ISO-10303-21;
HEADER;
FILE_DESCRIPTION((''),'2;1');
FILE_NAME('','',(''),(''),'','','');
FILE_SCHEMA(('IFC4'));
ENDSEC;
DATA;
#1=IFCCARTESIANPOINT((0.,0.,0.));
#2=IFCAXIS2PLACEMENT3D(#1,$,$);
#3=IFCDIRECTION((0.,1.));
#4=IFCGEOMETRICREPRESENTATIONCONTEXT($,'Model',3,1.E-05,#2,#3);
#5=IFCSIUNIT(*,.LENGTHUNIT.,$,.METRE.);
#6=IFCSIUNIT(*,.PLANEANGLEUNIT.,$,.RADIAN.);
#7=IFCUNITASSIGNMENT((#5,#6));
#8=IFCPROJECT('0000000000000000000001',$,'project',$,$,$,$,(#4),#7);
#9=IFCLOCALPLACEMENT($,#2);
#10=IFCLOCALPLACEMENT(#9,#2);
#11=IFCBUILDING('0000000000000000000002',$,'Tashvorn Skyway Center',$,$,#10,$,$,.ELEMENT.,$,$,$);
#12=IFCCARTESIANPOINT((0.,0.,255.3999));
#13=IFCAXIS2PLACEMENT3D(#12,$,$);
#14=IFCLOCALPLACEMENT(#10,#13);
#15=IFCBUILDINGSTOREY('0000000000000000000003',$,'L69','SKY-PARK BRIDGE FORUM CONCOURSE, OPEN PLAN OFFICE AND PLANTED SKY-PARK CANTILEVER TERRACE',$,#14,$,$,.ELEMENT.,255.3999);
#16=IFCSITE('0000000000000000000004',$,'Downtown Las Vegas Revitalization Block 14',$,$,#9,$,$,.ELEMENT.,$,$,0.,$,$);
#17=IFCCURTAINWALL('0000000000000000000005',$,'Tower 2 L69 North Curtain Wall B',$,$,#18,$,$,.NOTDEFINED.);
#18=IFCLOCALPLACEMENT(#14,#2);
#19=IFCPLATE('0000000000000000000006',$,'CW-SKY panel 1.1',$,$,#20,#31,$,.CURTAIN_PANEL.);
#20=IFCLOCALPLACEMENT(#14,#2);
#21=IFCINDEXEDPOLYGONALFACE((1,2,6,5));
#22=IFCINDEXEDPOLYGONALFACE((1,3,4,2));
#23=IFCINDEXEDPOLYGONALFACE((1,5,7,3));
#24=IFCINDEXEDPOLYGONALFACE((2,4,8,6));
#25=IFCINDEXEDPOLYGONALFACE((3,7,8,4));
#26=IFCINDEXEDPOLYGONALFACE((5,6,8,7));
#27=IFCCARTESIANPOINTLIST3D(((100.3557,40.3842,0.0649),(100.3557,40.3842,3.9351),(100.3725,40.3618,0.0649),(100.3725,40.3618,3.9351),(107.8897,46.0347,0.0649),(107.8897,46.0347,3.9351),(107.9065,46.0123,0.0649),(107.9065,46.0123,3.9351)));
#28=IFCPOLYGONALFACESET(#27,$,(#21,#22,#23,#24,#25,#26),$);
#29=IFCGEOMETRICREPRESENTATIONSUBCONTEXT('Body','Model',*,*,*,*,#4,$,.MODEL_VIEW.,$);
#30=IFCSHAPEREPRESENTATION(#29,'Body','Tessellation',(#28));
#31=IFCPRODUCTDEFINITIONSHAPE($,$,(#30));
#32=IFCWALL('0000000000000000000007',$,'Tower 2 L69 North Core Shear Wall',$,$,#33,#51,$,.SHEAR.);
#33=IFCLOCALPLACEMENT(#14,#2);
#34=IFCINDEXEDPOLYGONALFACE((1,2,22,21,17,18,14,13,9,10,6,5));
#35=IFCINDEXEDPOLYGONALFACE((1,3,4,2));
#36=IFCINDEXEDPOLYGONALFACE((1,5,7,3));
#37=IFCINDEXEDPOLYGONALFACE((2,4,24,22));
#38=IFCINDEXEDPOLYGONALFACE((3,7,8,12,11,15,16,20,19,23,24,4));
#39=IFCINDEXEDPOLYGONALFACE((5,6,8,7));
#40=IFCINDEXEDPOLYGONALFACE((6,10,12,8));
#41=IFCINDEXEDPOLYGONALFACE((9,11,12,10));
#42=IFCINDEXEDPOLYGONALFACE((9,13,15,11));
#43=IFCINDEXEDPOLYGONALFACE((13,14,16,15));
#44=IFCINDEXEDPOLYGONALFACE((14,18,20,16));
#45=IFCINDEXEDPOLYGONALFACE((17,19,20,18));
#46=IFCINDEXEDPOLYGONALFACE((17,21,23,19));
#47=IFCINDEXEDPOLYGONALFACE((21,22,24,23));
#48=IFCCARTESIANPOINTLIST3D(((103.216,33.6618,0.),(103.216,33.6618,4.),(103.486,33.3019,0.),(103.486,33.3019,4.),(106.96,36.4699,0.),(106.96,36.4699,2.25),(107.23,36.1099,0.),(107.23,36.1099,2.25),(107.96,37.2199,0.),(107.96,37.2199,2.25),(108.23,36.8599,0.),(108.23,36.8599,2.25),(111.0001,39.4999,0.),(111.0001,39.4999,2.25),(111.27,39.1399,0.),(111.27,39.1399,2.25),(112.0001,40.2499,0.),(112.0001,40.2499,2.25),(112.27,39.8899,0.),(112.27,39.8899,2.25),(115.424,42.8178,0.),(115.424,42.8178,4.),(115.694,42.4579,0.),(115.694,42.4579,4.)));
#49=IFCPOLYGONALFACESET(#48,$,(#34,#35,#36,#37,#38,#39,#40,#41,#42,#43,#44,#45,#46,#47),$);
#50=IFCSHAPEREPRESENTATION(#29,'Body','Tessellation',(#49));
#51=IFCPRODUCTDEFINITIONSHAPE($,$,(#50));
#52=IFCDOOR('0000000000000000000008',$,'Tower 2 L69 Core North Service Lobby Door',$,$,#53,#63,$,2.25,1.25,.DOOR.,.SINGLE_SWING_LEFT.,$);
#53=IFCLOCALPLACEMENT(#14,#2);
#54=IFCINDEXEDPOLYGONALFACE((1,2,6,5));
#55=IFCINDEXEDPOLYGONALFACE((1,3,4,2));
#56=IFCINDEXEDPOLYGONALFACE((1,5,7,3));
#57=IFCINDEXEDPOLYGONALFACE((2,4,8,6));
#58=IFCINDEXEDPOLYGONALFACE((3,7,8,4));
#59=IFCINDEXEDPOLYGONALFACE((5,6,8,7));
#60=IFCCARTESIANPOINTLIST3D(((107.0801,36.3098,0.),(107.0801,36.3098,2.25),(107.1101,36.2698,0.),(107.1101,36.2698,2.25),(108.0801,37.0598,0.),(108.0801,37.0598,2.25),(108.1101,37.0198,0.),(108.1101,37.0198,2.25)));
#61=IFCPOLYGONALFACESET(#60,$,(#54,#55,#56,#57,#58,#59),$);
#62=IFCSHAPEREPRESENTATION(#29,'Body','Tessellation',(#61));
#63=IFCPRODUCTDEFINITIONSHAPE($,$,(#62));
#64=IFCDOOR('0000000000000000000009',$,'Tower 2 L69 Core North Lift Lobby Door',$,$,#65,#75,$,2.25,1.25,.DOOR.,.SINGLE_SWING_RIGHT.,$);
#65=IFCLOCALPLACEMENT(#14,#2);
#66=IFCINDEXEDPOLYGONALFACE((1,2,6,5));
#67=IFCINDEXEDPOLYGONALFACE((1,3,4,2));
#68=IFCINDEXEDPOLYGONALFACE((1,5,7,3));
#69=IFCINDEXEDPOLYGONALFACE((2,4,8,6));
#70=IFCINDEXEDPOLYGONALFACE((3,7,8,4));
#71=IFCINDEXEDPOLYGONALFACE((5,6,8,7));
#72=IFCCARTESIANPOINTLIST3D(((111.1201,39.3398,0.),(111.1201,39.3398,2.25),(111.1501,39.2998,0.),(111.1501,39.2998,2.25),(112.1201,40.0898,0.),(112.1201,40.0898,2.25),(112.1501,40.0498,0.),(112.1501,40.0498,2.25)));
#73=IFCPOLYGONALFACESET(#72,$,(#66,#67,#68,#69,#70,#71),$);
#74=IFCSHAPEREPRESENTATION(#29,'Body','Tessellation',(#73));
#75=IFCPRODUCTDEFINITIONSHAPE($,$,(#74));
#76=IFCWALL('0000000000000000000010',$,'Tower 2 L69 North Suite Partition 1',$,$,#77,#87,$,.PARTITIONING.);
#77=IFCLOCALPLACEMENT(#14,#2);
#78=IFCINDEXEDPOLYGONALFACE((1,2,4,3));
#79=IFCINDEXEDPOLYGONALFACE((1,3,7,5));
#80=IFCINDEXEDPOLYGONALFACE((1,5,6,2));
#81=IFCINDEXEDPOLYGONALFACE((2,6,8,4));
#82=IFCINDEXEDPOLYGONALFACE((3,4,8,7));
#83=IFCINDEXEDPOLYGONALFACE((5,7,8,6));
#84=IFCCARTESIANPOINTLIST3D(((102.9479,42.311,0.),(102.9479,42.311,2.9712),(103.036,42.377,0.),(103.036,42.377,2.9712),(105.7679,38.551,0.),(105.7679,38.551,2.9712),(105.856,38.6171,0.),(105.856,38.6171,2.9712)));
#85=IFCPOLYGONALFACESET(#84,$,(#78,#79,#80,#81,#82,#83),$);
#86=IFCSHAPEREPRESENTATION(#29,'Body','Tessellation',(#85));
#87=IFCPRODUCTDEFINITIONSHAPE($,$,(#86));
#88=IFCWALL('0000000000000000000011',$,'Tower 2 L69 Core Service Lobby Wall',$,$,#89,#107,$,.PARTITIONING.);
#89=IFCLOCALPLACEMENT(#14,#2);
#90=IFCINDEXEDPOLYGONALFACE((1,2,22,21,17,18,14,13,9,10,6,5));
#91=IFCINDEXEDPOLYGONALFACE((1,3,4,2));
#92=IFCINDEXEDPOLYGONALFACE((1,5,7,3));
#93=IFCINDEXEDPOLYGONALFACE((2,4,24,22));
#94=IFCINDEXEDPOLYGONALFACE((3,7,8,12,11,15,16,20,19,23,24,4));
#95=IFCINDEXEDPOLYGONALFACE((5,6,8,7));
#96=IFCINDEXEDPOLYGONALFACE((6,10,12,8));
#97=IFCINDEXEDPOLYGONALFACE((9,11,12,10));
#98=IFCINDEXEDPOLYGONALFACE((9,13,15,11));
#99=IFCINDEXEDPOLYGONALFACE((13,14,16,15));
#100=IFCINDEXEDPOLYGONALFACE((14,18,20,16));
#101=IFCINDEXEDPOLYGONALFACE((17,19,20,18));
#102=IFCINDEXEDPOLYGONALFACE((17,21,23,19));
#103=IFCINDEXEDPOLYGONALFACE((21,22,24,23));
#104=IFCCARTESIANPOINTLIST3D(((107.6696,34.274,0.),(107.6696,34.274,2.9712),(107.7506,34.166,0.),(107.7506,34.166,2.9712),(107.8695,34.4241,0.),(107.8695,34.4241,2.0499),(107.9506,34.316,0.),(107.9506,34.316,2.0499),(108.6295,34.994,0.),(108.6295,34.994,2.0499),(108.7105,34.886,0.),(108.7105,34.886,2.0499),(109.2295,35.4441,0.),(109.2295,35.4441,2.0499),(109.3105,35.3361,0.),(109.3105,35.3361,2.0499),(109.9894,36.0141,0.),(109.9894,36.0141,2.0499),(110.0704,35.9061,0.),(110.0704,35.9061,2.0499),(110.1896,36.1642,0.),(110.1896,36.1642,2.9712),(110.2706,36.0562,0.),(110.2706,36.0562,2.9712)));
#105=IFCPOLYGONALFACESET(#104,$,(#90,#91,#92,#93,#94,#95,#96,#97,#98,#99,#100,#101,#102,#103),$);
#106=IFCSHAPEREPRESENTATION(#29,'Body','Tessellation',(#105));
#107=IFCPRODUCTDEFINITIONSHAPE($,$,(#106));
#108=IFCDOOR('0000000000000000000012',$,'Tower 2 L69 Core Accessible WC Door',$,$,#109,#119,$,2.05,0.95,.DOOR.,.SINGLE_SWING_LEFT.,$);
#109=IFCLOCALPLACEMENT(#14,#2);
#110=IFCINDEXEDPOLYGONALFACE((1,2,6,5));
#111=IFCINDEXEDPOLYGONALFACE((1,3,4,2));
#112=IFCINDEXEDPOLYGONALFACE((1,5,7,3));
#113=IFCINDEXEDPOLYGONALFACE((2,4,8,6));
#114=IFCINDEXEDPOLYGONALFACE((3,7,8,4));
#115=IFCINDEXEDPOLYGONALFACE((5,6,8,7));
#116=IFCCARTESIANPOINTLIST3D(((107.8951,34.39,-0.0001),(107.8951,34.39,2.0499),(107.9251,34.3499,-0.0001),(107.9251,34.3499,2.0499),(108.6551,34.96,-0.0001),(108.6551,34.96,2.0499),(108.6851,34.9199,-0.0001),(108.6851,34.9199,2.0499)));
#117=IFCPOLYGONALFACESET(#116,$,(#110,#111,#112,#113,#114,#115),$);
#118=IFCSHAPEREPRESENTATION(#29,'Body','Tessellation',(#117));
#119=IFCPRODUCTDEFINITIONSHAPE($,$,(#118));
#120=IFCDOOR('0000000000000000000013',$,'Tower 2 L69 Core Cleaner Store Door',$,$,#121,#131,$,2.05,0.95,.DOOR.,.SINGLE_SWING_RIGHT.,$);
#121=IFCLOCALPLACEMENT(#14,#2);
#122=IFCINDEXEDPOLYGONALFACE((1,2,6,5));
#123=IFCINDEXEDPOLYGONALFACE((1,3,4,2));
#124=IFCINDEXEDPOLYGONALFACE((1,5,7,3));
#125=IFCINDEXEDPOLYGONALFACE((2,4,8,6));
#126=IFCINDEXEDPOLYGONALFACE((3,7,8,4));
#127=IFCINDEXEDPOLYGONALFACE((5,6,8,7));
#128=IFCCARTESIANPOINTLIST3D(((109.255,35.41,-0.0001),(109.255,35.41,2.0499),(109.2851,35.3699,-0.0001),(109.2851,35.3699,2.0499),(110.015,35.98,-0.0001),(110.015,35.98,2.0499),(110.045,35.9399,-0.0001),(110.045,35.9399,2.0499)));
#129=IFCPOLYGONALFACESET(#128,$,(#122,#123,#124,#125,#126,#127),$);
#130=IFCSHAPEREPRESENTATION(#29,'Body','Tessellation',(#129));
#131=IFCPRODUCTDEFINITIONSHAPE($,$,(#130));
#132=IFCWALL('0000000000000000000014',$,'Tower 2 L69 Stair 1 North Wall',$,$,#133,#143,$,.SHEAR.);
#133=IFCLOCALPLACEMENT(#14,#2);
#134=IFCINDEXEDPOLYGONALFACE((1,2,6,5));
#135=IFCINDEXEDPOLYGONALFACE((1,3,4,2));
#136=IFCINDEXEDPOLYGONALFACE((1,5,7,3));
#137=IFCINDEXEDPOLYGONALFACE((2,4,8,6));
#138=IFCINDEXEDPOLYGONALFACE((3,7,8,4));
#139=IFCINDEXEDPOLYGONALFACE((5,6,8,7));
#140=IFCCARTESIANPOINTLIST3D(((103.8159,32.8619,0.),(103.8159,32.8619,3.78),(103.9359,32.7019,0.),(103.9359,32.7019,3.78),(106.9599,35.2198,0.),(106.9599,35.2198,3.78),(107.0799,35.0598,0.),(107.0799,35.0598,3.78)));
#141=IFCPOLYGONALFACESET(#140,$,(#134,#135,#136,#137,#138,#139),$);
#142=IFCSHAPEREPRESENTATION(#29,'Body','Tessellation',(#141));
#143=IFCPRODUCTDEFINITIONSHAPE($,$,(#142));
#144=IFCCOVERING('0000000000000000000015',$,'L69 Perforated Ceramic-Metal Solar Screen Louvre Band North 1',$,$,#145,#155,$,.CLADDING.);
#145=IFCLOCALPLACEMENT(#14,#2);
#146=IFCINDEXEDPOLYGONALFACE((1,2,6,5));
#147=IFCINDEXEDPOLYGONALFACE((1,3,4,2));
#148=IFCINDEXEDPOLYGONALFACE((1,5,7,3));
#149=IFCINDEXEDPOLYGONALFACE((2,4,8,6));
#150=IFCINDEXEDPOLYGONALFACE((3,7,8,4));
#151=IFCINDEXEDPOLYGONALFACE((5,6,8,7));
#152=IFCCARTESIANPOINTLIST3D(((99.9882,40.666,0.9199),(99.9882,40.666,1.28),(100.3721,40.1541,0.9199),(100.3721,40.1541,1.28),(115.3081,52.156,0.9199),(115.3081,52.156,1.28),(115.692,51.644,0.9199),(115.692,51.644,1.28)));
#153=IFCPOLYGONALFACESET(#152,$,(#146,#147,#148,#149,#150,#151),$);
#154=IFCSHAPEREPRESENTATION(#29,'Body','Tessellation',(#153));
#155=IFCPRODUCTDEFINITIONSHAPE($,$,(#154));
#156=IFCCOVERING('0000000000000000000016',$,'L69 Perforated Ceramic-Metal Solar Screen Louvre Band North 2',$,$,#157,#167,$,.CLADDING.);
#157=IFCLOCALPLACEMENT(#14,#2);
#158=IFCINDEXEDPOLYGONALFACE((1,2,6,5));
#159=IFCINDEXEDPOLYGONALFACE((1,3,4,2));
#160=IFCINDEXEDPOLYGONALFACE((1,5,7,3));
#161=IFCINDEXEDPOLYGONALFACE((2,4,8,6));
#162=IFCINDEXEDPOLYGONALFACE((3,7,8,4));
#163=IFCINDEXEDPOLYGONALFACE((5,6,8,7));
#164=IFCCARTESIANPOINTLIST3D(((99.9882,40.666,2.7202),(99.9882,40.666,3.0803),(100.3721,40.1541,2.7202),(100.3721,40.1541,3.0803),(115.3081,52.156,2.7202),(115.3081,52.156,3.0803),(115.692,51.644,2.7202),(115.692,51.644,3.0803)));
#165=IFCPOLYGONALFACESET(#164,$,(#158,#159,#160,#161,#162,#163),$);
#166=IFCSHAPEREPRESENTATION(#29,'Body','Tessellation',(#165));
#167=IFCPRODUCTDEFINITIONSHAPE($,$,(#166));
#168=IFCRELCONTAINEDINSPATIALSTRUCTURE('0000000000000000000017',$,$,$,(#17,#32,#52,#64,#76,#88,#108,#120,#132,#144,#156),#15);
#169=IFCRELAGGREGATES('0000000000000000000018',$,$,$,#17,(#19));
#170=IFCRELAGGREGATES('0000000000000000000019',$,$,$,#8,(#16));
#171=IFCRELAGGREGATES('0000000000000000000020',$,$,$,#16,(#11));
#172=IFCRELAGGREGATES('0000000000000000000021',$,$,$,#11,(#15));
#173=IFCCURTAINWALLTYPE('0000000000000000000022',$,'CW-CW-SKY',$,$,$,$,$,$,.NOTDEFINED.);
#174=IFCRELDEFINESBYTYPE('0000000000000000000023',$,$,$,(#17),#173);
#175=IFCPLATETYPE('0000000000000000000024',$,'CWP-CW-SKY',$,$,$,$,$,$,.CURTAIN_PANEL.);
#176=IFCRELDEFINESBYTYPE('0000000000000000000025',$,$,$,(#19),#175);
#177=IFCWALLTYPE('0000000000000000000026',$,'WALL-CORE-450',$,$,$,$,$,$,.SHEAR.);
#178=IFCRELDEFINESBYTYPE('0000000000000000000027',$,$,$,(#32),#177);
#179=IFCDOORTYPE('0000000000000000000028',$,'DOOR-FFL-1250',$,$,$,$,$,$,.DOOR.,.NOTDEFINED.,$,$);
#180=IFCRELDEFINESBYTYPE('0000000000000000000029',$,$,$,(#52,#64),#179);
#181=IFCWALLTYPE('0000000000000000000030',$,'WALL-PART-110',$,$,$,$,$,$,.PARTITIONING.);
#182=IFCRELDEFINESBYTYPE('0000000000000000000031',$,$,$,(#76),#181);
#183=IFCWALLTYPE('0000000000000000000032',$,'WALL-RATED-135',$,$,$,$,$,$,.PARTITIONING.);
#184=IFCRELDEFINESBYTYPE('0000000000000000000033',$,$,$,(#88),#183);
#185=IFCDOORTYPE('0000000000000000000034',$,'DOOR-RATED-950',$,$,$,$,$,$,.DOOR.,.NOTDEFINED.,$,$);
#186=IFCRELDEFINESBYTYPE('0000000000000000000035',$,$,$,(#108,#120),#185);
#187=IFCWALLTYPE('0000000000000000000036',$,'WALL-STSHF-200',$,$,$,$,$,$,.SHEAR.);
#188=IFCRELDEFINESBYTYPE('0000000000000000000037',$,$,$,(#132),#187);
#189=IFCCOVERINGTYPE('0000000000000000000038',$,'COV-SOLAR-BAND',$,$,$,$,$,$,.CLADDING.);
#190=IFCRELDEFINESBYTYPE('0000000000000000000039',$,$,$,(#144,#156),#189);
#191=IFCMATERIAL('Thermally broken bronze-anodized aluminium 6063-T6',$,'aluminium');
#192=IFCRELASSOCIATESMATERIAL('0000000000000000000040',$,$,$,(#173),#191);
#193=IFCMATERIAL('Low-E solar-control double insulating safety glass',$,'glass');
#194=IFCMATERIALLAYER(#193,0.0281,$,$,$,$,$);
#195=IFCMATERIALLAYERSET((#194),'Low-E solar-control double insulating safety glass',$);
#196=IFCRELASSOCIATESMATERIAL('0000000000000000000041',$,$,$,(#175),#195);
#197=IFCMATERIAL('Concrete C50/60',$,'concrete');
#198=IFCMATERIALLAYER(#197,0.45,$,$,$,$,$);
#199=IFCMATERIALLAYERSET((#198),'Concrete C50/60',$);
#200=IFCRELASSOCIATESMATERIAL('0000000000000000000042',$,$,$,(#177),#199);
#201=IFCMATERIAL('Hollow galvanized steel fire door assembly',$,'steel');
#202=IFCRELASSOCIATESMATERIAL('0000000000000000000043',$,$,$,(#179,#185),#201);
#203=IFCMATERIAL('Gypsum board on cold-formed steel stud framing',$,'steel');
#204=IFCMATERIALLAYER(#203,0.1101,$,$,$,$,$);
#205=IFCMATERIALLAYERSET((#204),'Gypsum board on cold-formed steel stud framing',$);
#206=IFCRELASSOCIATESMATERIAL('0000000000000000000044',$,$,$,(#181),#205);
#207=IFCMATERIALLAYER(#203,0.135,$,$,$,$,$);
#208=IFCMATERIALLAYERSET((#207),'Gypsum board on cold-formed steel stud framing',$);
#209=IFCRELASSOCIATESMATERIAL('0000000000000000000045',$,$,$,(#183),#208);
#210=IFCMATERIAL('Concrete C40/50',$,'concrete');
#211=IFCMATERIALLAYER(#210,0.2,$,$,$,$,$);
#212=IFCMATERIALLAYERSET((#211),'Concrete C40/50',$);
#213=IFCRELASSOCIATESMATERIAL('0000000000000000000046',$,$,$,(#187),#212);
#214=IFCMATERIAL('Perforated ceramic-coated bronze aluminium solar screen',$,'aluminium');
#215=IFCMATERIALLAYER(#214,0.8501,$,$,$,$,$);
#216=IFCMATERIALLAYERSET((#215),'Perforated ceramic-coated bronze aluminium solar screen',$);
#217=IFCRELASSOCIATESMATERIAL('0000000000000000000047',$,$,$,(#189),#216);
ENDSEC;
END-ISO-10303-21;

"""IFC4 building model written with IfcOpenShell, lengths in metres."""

from ifc_helpers import new_model, si_unit, direction, frame, frame_2d, origin, origin_2d, place, context, subcontext, project, spatial, rectangle, extrude, material, layer, layer_set, type_object, element, fill, aggregate, save


model = new_model("IFC4")

# Units and contexts
model_context = context("Model", 3, precision=1e-05, world=origin(), true_north=direction((0.0, 1.0)))
body_context = subcontext(model_context, "Body", "Model", "MODEL_VIEW")
ifc_project = project(units=[si_unit("LENGTHUNIT", "METRE"), si_unit("PLANEANGLEUNIT", "RADIAN")], contexts=[model_context])

# Site, building, storey
site_placement = place(None, origin())
site = spatial("IfcSite", under=ifc_project, at=site_placement, Name="Downtown Las Vegas Revitalization Block 14", CompositionType="ELEMENT", RefElevation=0.0)
building_placement = place(site_placement, origin())
building = spatial("IfcBuilding", under=site, at=building_placement, Name="Tashvorn Skyway Center", CompositionType="ELEMENT")
storey_placement = place(building_placement, frame((0.0, 0.0, 255.3999)))
storey = spatial("IfcBuildingStorey", under=building, at=storey_placement, Name="L69", Description="SKY-PARK BRIDGE FORUM CONCOURSE, OPEN PLAN OFFICE AND PLANTED SKY-PARK CANTILEVER TERRACE", CompositionType="ELEMENT", Elevation=255.3999)

# Curtain wall
ifc_material_1 = material(Name="Thermally broken bronze-anodized aluminium 6063-T6", Category="aluminium")
curtain_wall_type = type_object("IfcCurtainWallType", Name="CW-CW-SKY", PredefinedType="NOTDEFINED", material=ifc_material_1)
curtain_wall_1_placement = place(storey_placement, origin())
curtain_wall_1 = element("IfcCurtainWall", 1, at=curtain_wall_1_placement, inside=storey, type_object=curtain_wall_type, Name="Tower 2 L69 North Curtain Wall B", PredefinedType="NOTDEFINED")

# Plate
ifc_material_2 = material(Name="Low-E solar-control double insulating safety glass", Category="glass")
ifc_layer_1 = layer(ifc_material_2, 0.0281)
ifc_layer_set_1 = layer_set([ifc_layer_1], Name="Low-E solar-control double insulating safety glass")
plate_type = type_object("IfcPlateType", Name="CWP-CW-SKY", PredefinedType="CURTAIN_PANEL", material=ifc_layer_set_1)
plate_placement = place(storey_placement, frame((104.1311, 43.1982, 0.0649), z_axis=(0.0, 0.0, 1.0), x_axis=(0.8, 0.6, 0.0)))
plate = element("IfcPlate", 2, at=plate_placement, type_object=plate_type, Name="CW-SKY panel 1.1", PredefinedType="CURTAIN_PANEL", context=body_context, shape_type="SweptSolid", body=[
    extrude(rectangle(XDim=9.4175, YDim=0.0281, at=origin_2d()), origin(), (0.0, 0.0, 1.0), 3.8701),
])
aggregate(curtain_wall_1, [plate])

# Wall, openings, doors
ifc_material_3 = material(Name="Concrete C50/60", Category="concrete")
ifc_layer_2 = layer(ifc_material_3, 0.45)
ifc_layer_set_2 = layer_set([ifc_layer_2], Name="Concrete C50/60")
wall_type_1 = type_object("IfcWallType", Name="WALL-CORE-450", PredefinedType="SHEAR", material=ifc_layer_set_2)
wall_1_placement = place(storey_placement, frame((103.3511, 33.4819, 0.0), z_axis=(0.0, 0.0, 1.0), x_axis=(0.8, 0.6, 0.0)))
wall_1 = element("IfcWall", 3, at=wall_1_placement, inside=storey, type_object=wall_type_1, Name="Tower 2 L69 North Core Shear Wall", PredefinedType="SHEAR", context=body_context, shape_type="SweptSolid", body=[
    extrude(rectangle(XDim=15.26, YDim=0.45, at=frame_2d((7.6299, 0.0))), origin(), (0.0, 0.0, 1.0), 4.0),
])
opening_1_placement = place(wall_1_placement, frame((4.6799, 0.0, 0.0)))
opening_1 = element("IfcOpeningElement", 4, at=opening_1_placement, cuts=wall_1, PredefinedType="OPENING", context=body_context, shape_type="SweptSolid", body=[
    extrude(rectangle(XDim=1.25, YDim=2.25, at=frame_2d((0.625, 1.125))), frame((0.0, 0.2349, 0.0), z_axis=(0.0, -1.0, 0.0), x_axis=(1.0, 0.0, 0.0)), (0.0, 0.0, 1.0), 0.47),
])
opening_2_placement = place(wall_1_placement, frame((9.73, 0.0, 0.0)))
opening_2 = element("IfcOpeningElement", 5, at=opening_2_placement, cuts=wall_1, PredefinedType="OPENING", context=body_context, shape_type="SweptSolid", body=[
    extrude(rectangle(XDim=1.25, YDim=2.25, at=frame_2d((0.625, 1.125))), frame((0.0, 0.2349, 0.0), z_axis=(0.0, -1.0, 0.0), x_axis=(1.0, 0.0, 0.0)), (0.0, 0.0, 1.0), 0.47),
])
ifc_material_4 = material(Name="Hollow galvanized steel fire door assembly", Category="steel")
door_type_1 = type_object("IfcDoorType", Name="DOOR-FFL-1250", OperationType="NOTDEFINED", PredefinedType="DOOR", material=ifc_material_4)
door_1_placement = place(opening_1_placement, origin())
door_1 = element("IfcDoor", 6, at=door_1_placement, inside=storey, type_object=door_type_1, Name="Tower 2 L69 Core North Service Lobby Door", OperationType="SINGLE_SWING_LEFT", OverallHeight=2.25, OverallWidth=1.25, PredefinedType="DOOR", context=body_context, shape_type="SweptSolid", body=[
    extrude(rectangle(XDim=1.25, YDim=2.25, at=frame_2d((0.625, 1.125))), frame((0.0, 0.0249, 0.0), z_axis=(0.0, -1.0, 0.0), x_axis=(1.0, 0.0, 0.0)), (0.0, 0.0, 1.0), 0.05),
])
fill(opening_1, door_1)
door_2_placement = place(opening_2_placement, origin())
door_2 = element("IfcDoor", 7, at=door_2_placement, inside=storey, type_object=door_type_1, Name="Tower 2 L69 Core North Lift Lobby Door", OperationType="SINGLE_SWING_RIGHT", OverallHeight=2.25, OverallWidth=1.25, PredefinedType="DOOR", context=body_context, shape_type="SweptSolid", body=[
    extrude(rectangle(XDim=1.25, YDim=2.25, at=frame_2d((0.625, 1.125))), frame((0.0, 0.0249, 0.0), z_axis=(0.0, -1.0, 0.0), x_axis=(1.0, 0.0, 0.0)), (0.0, 0.0, 1.0), 0.05),
])
fill(opening_2, door_2)

# Wall
ifc_material_5 = material(Name="Gypsum board on cold-formed steel stud framing", Category="steel")
ifc_layer_3 = layer(ifc_material_5, 0.1101)
ifc_layer_set_3 = layer_set([ifc_layer_3], Name="Gypsum board on cold-formed steel stud framing")
wall_type_2 = type_object("IfcWallType", Name="WALL-PART-110", PredefinedType="PARTITIONING", material=ifc_layer_set_3)
wall_2_placement = place(storey_placement, frame((105.812, 38.584, 0.0), z_axis=(0.0, 0.0, 1.0), x_axis=(-0.600008, 0.799994, 0.0)))
element("IfcWall", 8, at=wall_2_placement, inside=storey, type_object=wall_type_2, Name="Tower 2 L69 North Suite Partition 1", PredefinedType="PARTITIONING", context=body_context, shape_type="SweptSolid", body=[
    extrude(rectangle(XDim=4.7, YDim=0.1101, at=frame_2d((2.3501, 0.0))), origin(), (0.0, 0.0, 1.0), 2.9712),
])

# Wall, openings, doors
ifc_layer_4 = layer(ifc_material_5, 0.135)
ifc_layer_set_4 = layer_set([ifc_layer_4], Name="Gypsum board on cold-formed steel stud framing")
wall_type_3 = type_object("IfcWallType", Name="WALL-RATED-135", PredefinedType="PARTITIONING", material=ifc_layer_set_4)
wall_3_placement = place(storey_placement, frame((107.71, 34.22, 0.0), z_axis=(0.0, 0.0, 1.0), x_axis=(0.799981, 0.600025, 0.0)))
wall_3 = element("IfcWall", 9, at=wall_3_placement, inside=storey, type_object=wall_type_3, Name="Tower 2 L69 Core Service Lobby Wall", PredefinedType="PARTITIONING", context=body_context, shape_type="SweptSolid", body=[
    extrude(rectangle(XDim=3.1501, YDim=0.135, at=frame_2d((1.5752, 0.0))), origin(), (0.0, 0.0, 1.0), 2.9712),
])
opening_3_placement = place(wall_3_placement, frame((0.25, 0.0, 0.0)))
opening_3 = element("IfcOpeningElement", 10, at=opening_3_placement, cuts=wall_3, PredefinedType="OPENING", context=body_context, shape_type="SweptSolid", body=[
    extrude(rectangle(XDim=0.95, YDim=2.05, at=frame_2d((0.4751, 1.0249))), frame((0.0, 0.0774, 0.0), z_axis=(0.0, -1.0, 0.0), x_axis=(1.0, 0.0, 0.0)), (0.0, 0.0, 1.0), 0.155),
])
opening_4_placement = place(wall_3_placement, frame((1.95, 0.0, 0.0)))
opening_4 = element("IfcOpeningElement", 11, at=opening_4_placement, cuts=wall_3, PredefinedType="OPENING", context=body_context, shape_type="SweptSolid", body=[
    extrude(rectangle(XDim=0.95, YDim=2.05, at=frame_2d((0.4751, 1.0249))), frame((0.0, 0.0774, 0.0), z_axis=(0.0, -1.0, 0.0), x_axis=(1.0, 0.0, 0.0)), (0.0, 0.0, 1.0), 0.155),
])
door_type_2 = type_object("IfcDoorType", Name="DOOR-RATED-950", OperationType="NOTDEFINED", PredefinedType="DOOR", material=ifc_material_4)
door_3_placement = place(opening_3_placement, origin())
door_3 = element("IfcDoor", 12, at=door_3_placement, inside=storey, type_object=door_type_2, Name="Tower 2 L69 Core Accessible WC Door", OperationType="SINGLE_SWING_LEFT", OverallHeight=2.05, OverallWidth=0.95, PredefinedType="DOOR", context=body_context, shape_type="SweptSolid", body=[
    extrude(rectangle(XDim=0.95, YDim=2.05, at=frame_2d((0.4751, 1.0249))), frame((0.0, 0.0249, 0.0), z_axis=(0.0, -1.0, 0.0), x_axis=(1.0, 0.0, 0.0)), (0.0, 0.0, 1.0), 0.05),
])
fill(opening_3, door_3)
door_4_placement = place(opening_4_placement, origin())
door_4 = element("IfcDoor", 13, at=door_4_placement, inside=storey, type_object=door_type_2, Name="Tower 2 L69 Core Cleaner Store Door", OperationType="SINGLE_SWING_RIGHT", OverallHeight=2.05, OverallWidth=0.95, PredefinedType="DOOR", context=body_context, shape_type="SweptSolid", body=[
    extrude(rectangle(XDim=0.95, YDim=2.05, at=frame_2d((0.4751, 1.0249))), frame((0.0, 0.0249, 0.0), z_axis=(0.0, -1.0, 0.0), x_axis=(1.0, 0.0, 0.0)), (0.0, 0.0, 1.0), 0.05),
])
fill(opening_4, door_4)

# Wall
ifc_material_6 = material(Name="Concrete C40/50", Category="concrete")
ifc_layer_5 = layer(ifc_material_6, 0.2)
ifc_layer_set_5 = layer_set([ifc_layer_5], Name="Concrete C40/50")
wall_type_4 = type_object("IfcWallType", Name="WALL-STSHF-200", PredefinedType="SHEAR", material=ifc_layer_set_5)
wall_4_placement = place(storey_placement, frame((103.876, 32.782, 0.0), z_axis=(0.0, 0.0, 1.0), x_axis=(0.800015, 0.59998, 0.0)))
element("IfcWall", 14, at=wall_4_placement, inside=storey, type_object=wall_type_4, Name="Tower 2 L69 Stair 1 North Wall", PredefinedType="SHEAR", context=body_context, shape_type="SweptSolid", body=[
    extrude(rectangle(XDim=3.9299, YDim=0.2, at=frame_2d((1.9648, 0.0))), origin(), (0.0, 0.0, 1.0), 3.78),
])

# Coverings
ifc_material_7 = material(Name="Perforated ceramic-coated bronze aluminium solar screen", Category="aluminium")
ifc_layer_6 = layer(ifc_material_7, 0.8501)
ifc_layer_set_6 = layer_set([ifc_layer_6], Name="Perforated ceramic-coated bronze aluminium solar screen")
covering_type = type_object("IfcCoveringType", Name="COV-SOLAR-BAND", PredefinedType="CLADDING", material=ifc_layer_set_6)
for number, where, z_axis, x_axis, name in (
    (15, (107.8401, 46.155, 0.9199), (0.0, 0.0, 1.0), (0.8, 0.6, 0.0), "L69 Perforated Ceramic-Metal Solar Screen Louvre Band North 1"),
    (16, (107.8401, 46.155, 2.7202), (0.0, 0.0, 1.0), (0.8, 0.6, 0.0), "L69 Perforated Ceramic-Metal Solar Screen Louvre Band North 2"),
):
    element("IfcCovering", number, at=place(storey_placement, frame(where, z_axis=z_axis, x_axis=x_axis)), inside=storey, type_object=covering_type, Name=name, PredefinedType="CLADDING", context=body_context, shape_type="SweptSolid", body=[
        extrude(rectangle(XDim=19.1499, YDim=0.6399, at=origin_2d()), origin(), (0.0, 0.0, 1.0), 0.3601),
    ])

save(model, "model.ifc")
